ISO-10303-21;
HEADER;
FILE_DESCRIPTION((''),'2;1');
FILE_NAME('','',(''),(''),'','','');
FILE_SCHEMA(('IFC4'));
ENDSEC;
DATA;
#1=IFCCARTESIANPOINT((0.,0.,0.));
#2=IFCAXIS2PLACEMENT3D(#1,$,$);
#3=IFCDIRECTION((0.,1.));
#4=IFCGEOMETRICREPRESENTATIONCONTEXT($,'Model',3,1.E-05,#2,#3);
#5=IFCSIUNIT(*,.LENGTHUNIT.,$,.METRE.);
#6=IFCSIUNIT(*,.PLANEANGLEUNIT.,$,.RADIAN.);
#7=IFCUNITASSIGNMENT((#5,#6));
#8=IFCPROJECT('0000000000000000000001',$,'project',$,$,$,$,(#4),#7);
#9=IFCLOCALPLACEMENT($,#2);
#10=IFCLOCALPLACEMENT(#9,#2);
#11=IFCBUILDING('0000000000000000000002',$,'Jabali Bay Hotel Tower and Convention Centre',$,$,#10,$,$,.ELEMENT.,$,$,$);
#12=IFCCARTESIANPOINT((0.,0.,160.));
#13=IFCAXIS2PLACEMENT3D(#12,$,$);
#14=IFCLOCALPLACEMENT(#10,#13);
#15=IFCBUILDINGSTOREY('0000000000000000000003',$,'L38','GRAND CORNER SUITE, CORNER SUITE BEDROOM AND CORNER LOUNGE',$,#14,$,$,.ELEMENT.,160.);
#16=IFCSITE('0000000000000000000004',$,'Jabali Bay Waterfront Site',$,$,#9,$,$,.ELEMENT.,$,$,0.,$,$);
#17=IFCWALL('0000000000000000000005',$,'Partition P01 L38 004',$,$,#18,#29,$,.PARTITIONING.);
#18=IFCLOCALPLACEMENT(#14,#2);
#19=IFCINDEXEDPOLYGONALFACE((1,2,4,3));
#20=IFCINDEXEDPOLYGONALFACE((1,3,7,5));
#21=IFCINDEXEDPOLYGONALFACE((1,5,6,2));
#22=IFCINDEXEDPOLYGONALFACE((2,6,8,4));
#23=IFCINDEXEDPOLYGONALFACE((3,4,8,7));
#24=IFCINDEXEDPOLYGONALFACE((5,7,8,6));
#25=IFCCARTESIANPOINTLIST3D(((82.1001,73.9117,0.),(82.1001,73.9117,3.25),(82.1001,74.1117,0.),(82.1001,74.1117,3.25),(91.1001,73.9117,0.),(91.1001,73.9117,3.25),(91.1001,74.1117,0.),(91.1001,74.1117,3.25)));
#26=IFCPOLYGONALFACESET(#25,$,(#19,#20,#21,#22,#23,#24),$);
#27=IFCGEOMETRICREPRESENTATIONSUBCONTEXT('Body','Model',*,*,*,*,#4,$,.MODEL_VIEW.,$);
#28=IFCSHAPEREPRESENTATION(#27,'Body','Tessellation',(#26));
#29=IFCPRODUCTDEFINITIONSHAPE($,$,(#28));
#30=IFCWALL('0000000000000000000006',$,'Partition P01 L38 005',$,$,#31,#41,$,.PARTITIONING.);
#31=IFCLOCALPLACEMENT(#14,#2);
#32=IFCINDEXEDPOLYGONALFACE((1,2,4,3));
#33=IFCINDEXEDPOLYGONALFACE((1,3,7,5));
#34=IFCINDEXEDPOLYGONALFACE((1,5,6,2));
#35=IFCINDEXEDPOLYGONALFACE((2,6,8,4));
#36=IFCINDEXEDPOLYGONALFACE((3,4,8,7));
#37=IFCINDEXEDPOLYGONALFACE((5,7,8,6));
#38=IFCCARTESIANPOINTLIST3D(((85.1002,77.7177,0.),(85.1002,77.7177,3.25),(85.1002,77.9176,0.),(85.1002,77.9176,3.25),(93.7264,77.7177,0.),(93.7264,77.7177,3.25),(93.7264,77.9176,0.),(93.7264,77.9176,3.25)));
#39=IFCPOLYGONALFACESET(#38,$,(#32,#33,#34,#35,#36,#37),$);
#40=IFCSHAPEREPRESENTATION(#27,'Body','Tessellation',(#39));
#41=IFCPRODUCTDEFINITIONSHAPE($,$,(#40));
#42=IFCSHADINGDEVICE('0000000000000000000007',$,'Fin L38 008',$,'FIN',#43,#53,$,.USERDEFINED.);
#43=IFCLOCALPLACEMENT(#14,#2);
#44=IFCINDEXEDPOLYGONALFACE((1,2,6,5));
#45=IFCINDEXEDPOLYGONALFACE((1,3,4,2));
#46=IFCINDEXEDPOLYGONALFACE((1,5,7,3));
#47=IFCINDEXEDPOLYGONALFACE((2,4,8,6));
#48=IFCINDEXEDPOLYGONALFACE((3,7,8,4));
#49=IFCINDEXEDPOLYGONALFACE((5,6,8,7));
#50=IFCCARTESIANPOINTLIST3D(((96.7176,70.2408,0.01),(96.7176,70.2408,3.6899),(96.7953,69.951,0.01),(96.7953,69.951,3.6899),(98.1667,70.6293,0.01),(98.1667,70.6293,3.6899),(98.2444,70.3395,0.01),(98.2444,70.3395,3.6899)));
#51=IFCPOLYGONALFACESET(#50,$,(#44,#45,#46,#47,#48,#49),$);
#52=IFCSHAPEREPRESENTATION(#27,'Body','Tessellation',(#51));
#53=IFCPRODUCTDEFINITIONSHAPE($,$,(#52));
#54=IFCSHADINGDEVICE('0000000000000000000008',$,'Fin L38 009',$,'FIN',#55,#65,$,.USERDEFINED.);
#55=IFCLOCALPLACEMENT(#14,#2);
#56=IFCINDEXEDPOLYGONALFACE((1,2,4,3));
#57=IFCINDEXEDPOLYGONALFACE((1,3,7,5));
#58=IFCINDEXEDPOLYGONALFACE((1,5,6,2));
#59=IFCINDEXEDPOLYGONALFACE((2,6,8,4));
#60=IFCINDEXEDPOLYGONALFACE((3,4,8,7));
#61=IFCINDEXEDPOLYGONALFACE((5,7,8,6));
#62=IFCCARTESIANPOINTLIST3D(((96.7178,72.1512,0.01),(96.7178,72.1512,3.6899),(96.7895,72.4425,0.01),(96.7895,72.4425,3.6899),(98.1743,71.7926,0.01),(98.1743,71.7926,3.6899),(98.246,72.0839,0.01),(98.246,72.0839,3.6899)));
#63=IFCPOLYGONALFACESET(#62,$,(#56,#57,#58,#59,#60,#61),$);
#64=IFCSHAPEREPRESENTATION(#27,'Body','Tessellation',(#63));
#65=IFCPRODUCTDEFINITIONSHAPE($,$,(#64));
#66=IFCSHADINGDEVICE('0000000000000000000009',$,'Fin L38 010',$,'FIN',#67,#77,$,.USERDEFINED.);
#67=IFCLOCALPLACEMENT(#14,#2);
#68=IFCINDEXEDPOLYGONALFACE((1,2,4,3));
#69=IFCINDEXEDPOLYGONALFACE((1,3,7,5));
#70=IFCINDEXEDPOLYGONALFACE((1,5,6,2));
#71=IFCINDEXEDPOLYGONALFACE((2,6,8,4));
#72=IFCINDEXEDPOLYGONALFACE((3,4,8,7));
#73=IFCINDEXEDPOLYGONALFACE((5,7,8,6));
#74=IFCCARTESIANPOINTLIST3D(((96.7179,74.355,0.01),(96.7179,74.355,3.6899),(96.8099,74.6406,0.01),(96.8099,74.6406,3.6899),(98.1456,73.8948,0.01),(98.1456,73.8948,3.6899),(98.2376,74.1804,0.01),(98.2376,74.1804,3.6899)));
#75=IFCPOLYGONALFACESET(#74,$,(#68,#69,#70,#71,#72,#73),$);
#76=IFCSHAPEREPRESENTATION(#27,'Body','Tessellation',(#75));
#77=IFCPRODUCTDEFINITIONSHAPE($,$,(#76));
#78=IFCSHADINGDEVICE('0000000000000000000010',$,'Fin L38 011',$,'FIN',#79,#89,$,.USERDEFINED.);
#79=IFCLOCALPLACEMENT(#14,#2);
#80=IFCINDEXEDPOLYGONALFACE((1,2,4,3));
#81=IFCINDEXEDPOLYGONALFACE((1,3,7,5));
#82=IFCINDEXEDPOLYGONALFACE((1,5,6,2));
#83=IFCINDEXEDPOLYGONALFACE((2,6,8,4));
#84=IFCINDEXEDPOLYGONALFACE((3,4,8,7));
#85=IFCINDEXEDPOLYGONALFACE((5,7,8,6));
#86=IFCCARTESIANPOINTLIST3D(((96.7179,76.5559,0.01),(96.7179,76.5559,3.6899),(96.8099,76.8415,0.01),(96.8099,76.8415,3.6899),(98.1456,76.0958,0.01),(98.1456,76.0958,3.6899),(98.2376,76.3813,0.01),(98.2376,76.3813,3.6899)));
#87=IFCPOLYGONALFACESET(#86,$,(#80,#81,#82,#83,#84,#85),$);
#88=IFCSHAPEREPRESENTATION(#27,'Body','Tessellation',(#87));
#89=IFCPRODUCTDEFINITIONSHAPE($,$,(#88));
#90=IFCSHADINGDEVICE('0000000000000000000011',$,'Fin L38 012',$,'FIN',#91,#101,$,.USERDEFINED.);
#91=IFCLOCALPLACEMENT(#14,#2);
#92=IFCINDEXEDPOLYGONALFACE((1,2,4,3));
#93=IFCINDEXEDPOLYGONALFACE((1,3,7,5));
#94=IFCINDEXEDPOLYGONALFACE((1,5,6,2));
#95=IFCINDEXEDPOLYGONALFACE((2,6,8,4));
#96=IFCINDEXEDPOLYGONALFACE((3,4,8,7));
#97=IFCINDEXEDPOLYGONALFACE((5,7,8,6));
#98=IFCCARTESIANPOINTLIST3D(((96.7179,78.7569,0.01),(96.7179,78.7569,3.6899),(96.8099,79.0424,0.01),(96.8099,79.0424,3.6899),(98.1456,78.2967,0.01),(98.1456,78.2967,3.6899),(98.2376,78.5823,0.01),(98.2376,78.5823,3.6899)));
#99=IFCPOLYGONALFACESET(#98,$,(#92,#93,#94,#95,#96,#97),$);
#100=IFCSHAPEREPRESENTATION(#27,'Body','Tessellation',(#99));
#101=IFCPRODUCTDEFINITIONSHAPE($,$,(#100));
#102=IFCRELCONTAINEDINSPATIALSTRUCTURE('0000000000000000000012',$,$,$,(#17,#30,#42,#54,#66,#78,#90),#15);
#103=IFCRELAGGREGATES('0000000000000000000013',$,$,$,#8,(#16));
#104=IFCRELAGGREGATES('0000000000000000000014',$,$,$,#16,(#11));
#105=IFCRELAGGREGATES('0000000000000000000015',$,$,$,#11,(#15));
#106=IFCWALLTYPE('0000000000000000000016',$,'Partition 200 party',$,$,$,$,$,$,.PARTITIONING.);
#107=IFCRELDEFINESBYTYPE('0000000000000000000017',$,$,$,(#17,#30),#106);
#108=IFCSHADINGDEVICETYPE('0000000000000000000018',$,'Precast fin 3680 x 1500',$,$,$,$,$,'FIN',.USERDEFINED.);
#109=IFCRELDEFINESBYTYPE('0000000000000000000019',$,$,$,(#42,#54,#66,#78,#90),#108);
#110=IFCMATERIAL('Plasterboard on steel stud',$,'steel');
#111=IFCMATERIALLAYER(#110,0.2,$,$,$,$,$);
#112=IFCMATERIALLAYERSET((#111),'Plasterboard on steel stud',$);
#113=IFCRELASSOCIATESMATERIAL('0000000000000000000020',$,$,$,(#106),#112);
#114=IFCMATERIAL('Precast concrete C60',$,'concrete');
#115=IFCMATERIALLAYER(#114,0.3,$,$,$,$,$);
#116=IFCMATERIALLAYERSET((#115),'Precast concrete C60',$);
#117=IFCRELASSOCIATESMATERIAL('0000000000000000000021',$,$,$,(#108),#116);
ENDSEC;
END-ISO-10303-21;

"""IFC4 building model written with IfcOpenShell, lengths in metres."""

from ifc_helpers import new_model, si_unit, direction, frame, frame_2d, origin, place, context, subcontext, project, spatial, rectangle, extrude, material, layer, layer_set, type_object, element, save


model = new_model("IFC4")

# Units and contexts
model_context = context("Model", 3, precision=1e-05, world=origin(), true_north=direction((0.0, 1.0)))
body_context = subcontext(model_context, "Body", "Model", "MODEL_VIEW")
ifc_project = project(units=[si_unit("LENGTHUNIT", "METRE"), si_unit("PLANEANGLEUNIT", "RADIAN")], contexts=[model_context])

# Site, building, storey
site_placement = place(None, origin())
site = spatial("IfcSite", under=ifc_project, at=site_placement, Name="Jabali Bay Waterfront Site", CompositionType="ELEMENT", RefElevation=0.0)
building_placement = place(site_placement, origin())
building = spatial("IfcBuilding", under=site, at=building_placement, Name="Jabali Bay Hotel Tower and Convention Centre", CompositionType="ELEMENT")
storey_placement = place(building_placement, frame((0.0, 0.0, 160.0)))
storey = spatial("IfcBuildingStorey", under=building, at=storey_placement, Name="L38", Description="GRAND CORNER SUITE, CORNER SUITE BEDROOM AND CORNER LOUNGE", CompositionType="ELEMENT", Elevation=160.0)

# Shared definitions
ifc_material_1 = material(Name="Plasterboard on steel stud", Category="steel")

# Shared definitions
ifc_layer_1 = layer(ifc_material_1, 0.2)
ifc_layer_set_1 = layer_set([ifc_layer_1], Name="Plasterboard on steel stud")
wall_type_1 = type_object("IfcWallType", Name="Partition 200 party", PredefinedType="PARTITIONING", material=ifc_layer_set_1)

# Walls
wall_1_placement = place(storey_placement, frame((91.1001, 74.0117, 0.0), z_axis=(0.0, 0.0, 1.0), x_axis=(-1.0, 0.0, 0.0)))
element("IfcWall", 1, at=wall_1_placement, inside=storey, type_object=wall_type_1, Name="Partition P01 L38 004", PredefinedType="PARTITIONING", context=body_context, shape_type="SweptSolid", body=[
    extrude(rectangle(XDim=9.0, YDim=0.2, at=frame_2d((4.5, 0.0))), origin(), (0.0, 0.0, 1.0), 3.25),
])
wall_2_placement = place(storey_placement, frame((93.7263, 77.8176, 0.0), z_axis=(0.0, 0.0, 1.0), x_axis=(-1.0, 0.0, 0.0)))
element("IfcWall", 2, at=wall_2_placement, inside=storey, type_object=wall_type_1, Name="Partition P01 L38 005", PredefinedType="PARTITIONING", context=body_context, shape_type="SweptSolid", body=[
    extrude(rectangle(XDim=8.6262, YDim=0.2, at=frame_2d((4.313, 0.0))), origin(), (0.0, 0.0, 1.0), 3.25),
])

# Shading devices
ifc_material_2 = material(Name="Precast concrete C60", Category="concrete")
ifc_layer_2 = layer(ifc_material_2, 0.3)
ifc_layer_set_2 = layer_set([ifc_layer_2], Name="Precast concrete C60")
shading_device_type = type_object("IfcShadingDeviceType", Name="Precast fin 3680 x 1500", ElementType="FIN", PredefinedType="USERDEFINED", material=ifc_layer_set_2)
shading_device_placement = place(storey_placement, frame((96.7566, 70.0959, 0.01), z_axis=(0.0, 0.0, 1.0), x_axis=(0.965896, 0.258929, 0.0)))
element("IfcShadingDevice", 3, at=shading_device_placement, inside=storey, type_object=shading_device_type, Name="Fin L38 008", ObjectType="FIN", PredefinedType="USERDEFINED", context=body_context, shape_type="SweptSolid", body=[
    extrude(rectangle(XDim=1.5002, YDim=0.3, at=frame_2d((0.75, 0.0))), origin(), (0.0, 0.0, 1.0), 3.6799),
])
for number, where, z_axis, x_axis, name in (
    (4, (96.7537, 72.2969, 0.01), (0.0, 0.0, 1.0), (0.970998, -0.239088, 0.0), "Fin L38 009"),
    (5, (96.7639, 74.4978, 0.01), (0.0, 0.0, 1.0), (0.951778, -0.306789, 0.0), "Fin L38 010"),
    (6, (96.7639, 76.6987, 0.01), (0.0, 0.0, 1.0), (0.951778, -0.306789, 0.0), "Fin L38 011"),
    (7, (96.7639, 78.8997, 0.01), (0.0, 0.0, 1.0), (0.951778, -0.306789, 0.0), "Fin L38 012"),
):
    element("IfcShadingDevice", number, at=place(storey_placement, frame(where, z_axis=z_axis, x_axis=x_axis)), inside=storey, type_object=shading_device_type, Name=name, ObjectType="FIN", PredefinedType="USERDEFINED", context=body_context, shape_type="SweptSolid", body=[
        extrude(rectangle(XDim=1.5, YDim=0.3, at=frame_2d((0.75, 0.0))), origin(), (0.0, 0.0, 1.0), 3.6799),
    ])

save(model, "model.ifc")
